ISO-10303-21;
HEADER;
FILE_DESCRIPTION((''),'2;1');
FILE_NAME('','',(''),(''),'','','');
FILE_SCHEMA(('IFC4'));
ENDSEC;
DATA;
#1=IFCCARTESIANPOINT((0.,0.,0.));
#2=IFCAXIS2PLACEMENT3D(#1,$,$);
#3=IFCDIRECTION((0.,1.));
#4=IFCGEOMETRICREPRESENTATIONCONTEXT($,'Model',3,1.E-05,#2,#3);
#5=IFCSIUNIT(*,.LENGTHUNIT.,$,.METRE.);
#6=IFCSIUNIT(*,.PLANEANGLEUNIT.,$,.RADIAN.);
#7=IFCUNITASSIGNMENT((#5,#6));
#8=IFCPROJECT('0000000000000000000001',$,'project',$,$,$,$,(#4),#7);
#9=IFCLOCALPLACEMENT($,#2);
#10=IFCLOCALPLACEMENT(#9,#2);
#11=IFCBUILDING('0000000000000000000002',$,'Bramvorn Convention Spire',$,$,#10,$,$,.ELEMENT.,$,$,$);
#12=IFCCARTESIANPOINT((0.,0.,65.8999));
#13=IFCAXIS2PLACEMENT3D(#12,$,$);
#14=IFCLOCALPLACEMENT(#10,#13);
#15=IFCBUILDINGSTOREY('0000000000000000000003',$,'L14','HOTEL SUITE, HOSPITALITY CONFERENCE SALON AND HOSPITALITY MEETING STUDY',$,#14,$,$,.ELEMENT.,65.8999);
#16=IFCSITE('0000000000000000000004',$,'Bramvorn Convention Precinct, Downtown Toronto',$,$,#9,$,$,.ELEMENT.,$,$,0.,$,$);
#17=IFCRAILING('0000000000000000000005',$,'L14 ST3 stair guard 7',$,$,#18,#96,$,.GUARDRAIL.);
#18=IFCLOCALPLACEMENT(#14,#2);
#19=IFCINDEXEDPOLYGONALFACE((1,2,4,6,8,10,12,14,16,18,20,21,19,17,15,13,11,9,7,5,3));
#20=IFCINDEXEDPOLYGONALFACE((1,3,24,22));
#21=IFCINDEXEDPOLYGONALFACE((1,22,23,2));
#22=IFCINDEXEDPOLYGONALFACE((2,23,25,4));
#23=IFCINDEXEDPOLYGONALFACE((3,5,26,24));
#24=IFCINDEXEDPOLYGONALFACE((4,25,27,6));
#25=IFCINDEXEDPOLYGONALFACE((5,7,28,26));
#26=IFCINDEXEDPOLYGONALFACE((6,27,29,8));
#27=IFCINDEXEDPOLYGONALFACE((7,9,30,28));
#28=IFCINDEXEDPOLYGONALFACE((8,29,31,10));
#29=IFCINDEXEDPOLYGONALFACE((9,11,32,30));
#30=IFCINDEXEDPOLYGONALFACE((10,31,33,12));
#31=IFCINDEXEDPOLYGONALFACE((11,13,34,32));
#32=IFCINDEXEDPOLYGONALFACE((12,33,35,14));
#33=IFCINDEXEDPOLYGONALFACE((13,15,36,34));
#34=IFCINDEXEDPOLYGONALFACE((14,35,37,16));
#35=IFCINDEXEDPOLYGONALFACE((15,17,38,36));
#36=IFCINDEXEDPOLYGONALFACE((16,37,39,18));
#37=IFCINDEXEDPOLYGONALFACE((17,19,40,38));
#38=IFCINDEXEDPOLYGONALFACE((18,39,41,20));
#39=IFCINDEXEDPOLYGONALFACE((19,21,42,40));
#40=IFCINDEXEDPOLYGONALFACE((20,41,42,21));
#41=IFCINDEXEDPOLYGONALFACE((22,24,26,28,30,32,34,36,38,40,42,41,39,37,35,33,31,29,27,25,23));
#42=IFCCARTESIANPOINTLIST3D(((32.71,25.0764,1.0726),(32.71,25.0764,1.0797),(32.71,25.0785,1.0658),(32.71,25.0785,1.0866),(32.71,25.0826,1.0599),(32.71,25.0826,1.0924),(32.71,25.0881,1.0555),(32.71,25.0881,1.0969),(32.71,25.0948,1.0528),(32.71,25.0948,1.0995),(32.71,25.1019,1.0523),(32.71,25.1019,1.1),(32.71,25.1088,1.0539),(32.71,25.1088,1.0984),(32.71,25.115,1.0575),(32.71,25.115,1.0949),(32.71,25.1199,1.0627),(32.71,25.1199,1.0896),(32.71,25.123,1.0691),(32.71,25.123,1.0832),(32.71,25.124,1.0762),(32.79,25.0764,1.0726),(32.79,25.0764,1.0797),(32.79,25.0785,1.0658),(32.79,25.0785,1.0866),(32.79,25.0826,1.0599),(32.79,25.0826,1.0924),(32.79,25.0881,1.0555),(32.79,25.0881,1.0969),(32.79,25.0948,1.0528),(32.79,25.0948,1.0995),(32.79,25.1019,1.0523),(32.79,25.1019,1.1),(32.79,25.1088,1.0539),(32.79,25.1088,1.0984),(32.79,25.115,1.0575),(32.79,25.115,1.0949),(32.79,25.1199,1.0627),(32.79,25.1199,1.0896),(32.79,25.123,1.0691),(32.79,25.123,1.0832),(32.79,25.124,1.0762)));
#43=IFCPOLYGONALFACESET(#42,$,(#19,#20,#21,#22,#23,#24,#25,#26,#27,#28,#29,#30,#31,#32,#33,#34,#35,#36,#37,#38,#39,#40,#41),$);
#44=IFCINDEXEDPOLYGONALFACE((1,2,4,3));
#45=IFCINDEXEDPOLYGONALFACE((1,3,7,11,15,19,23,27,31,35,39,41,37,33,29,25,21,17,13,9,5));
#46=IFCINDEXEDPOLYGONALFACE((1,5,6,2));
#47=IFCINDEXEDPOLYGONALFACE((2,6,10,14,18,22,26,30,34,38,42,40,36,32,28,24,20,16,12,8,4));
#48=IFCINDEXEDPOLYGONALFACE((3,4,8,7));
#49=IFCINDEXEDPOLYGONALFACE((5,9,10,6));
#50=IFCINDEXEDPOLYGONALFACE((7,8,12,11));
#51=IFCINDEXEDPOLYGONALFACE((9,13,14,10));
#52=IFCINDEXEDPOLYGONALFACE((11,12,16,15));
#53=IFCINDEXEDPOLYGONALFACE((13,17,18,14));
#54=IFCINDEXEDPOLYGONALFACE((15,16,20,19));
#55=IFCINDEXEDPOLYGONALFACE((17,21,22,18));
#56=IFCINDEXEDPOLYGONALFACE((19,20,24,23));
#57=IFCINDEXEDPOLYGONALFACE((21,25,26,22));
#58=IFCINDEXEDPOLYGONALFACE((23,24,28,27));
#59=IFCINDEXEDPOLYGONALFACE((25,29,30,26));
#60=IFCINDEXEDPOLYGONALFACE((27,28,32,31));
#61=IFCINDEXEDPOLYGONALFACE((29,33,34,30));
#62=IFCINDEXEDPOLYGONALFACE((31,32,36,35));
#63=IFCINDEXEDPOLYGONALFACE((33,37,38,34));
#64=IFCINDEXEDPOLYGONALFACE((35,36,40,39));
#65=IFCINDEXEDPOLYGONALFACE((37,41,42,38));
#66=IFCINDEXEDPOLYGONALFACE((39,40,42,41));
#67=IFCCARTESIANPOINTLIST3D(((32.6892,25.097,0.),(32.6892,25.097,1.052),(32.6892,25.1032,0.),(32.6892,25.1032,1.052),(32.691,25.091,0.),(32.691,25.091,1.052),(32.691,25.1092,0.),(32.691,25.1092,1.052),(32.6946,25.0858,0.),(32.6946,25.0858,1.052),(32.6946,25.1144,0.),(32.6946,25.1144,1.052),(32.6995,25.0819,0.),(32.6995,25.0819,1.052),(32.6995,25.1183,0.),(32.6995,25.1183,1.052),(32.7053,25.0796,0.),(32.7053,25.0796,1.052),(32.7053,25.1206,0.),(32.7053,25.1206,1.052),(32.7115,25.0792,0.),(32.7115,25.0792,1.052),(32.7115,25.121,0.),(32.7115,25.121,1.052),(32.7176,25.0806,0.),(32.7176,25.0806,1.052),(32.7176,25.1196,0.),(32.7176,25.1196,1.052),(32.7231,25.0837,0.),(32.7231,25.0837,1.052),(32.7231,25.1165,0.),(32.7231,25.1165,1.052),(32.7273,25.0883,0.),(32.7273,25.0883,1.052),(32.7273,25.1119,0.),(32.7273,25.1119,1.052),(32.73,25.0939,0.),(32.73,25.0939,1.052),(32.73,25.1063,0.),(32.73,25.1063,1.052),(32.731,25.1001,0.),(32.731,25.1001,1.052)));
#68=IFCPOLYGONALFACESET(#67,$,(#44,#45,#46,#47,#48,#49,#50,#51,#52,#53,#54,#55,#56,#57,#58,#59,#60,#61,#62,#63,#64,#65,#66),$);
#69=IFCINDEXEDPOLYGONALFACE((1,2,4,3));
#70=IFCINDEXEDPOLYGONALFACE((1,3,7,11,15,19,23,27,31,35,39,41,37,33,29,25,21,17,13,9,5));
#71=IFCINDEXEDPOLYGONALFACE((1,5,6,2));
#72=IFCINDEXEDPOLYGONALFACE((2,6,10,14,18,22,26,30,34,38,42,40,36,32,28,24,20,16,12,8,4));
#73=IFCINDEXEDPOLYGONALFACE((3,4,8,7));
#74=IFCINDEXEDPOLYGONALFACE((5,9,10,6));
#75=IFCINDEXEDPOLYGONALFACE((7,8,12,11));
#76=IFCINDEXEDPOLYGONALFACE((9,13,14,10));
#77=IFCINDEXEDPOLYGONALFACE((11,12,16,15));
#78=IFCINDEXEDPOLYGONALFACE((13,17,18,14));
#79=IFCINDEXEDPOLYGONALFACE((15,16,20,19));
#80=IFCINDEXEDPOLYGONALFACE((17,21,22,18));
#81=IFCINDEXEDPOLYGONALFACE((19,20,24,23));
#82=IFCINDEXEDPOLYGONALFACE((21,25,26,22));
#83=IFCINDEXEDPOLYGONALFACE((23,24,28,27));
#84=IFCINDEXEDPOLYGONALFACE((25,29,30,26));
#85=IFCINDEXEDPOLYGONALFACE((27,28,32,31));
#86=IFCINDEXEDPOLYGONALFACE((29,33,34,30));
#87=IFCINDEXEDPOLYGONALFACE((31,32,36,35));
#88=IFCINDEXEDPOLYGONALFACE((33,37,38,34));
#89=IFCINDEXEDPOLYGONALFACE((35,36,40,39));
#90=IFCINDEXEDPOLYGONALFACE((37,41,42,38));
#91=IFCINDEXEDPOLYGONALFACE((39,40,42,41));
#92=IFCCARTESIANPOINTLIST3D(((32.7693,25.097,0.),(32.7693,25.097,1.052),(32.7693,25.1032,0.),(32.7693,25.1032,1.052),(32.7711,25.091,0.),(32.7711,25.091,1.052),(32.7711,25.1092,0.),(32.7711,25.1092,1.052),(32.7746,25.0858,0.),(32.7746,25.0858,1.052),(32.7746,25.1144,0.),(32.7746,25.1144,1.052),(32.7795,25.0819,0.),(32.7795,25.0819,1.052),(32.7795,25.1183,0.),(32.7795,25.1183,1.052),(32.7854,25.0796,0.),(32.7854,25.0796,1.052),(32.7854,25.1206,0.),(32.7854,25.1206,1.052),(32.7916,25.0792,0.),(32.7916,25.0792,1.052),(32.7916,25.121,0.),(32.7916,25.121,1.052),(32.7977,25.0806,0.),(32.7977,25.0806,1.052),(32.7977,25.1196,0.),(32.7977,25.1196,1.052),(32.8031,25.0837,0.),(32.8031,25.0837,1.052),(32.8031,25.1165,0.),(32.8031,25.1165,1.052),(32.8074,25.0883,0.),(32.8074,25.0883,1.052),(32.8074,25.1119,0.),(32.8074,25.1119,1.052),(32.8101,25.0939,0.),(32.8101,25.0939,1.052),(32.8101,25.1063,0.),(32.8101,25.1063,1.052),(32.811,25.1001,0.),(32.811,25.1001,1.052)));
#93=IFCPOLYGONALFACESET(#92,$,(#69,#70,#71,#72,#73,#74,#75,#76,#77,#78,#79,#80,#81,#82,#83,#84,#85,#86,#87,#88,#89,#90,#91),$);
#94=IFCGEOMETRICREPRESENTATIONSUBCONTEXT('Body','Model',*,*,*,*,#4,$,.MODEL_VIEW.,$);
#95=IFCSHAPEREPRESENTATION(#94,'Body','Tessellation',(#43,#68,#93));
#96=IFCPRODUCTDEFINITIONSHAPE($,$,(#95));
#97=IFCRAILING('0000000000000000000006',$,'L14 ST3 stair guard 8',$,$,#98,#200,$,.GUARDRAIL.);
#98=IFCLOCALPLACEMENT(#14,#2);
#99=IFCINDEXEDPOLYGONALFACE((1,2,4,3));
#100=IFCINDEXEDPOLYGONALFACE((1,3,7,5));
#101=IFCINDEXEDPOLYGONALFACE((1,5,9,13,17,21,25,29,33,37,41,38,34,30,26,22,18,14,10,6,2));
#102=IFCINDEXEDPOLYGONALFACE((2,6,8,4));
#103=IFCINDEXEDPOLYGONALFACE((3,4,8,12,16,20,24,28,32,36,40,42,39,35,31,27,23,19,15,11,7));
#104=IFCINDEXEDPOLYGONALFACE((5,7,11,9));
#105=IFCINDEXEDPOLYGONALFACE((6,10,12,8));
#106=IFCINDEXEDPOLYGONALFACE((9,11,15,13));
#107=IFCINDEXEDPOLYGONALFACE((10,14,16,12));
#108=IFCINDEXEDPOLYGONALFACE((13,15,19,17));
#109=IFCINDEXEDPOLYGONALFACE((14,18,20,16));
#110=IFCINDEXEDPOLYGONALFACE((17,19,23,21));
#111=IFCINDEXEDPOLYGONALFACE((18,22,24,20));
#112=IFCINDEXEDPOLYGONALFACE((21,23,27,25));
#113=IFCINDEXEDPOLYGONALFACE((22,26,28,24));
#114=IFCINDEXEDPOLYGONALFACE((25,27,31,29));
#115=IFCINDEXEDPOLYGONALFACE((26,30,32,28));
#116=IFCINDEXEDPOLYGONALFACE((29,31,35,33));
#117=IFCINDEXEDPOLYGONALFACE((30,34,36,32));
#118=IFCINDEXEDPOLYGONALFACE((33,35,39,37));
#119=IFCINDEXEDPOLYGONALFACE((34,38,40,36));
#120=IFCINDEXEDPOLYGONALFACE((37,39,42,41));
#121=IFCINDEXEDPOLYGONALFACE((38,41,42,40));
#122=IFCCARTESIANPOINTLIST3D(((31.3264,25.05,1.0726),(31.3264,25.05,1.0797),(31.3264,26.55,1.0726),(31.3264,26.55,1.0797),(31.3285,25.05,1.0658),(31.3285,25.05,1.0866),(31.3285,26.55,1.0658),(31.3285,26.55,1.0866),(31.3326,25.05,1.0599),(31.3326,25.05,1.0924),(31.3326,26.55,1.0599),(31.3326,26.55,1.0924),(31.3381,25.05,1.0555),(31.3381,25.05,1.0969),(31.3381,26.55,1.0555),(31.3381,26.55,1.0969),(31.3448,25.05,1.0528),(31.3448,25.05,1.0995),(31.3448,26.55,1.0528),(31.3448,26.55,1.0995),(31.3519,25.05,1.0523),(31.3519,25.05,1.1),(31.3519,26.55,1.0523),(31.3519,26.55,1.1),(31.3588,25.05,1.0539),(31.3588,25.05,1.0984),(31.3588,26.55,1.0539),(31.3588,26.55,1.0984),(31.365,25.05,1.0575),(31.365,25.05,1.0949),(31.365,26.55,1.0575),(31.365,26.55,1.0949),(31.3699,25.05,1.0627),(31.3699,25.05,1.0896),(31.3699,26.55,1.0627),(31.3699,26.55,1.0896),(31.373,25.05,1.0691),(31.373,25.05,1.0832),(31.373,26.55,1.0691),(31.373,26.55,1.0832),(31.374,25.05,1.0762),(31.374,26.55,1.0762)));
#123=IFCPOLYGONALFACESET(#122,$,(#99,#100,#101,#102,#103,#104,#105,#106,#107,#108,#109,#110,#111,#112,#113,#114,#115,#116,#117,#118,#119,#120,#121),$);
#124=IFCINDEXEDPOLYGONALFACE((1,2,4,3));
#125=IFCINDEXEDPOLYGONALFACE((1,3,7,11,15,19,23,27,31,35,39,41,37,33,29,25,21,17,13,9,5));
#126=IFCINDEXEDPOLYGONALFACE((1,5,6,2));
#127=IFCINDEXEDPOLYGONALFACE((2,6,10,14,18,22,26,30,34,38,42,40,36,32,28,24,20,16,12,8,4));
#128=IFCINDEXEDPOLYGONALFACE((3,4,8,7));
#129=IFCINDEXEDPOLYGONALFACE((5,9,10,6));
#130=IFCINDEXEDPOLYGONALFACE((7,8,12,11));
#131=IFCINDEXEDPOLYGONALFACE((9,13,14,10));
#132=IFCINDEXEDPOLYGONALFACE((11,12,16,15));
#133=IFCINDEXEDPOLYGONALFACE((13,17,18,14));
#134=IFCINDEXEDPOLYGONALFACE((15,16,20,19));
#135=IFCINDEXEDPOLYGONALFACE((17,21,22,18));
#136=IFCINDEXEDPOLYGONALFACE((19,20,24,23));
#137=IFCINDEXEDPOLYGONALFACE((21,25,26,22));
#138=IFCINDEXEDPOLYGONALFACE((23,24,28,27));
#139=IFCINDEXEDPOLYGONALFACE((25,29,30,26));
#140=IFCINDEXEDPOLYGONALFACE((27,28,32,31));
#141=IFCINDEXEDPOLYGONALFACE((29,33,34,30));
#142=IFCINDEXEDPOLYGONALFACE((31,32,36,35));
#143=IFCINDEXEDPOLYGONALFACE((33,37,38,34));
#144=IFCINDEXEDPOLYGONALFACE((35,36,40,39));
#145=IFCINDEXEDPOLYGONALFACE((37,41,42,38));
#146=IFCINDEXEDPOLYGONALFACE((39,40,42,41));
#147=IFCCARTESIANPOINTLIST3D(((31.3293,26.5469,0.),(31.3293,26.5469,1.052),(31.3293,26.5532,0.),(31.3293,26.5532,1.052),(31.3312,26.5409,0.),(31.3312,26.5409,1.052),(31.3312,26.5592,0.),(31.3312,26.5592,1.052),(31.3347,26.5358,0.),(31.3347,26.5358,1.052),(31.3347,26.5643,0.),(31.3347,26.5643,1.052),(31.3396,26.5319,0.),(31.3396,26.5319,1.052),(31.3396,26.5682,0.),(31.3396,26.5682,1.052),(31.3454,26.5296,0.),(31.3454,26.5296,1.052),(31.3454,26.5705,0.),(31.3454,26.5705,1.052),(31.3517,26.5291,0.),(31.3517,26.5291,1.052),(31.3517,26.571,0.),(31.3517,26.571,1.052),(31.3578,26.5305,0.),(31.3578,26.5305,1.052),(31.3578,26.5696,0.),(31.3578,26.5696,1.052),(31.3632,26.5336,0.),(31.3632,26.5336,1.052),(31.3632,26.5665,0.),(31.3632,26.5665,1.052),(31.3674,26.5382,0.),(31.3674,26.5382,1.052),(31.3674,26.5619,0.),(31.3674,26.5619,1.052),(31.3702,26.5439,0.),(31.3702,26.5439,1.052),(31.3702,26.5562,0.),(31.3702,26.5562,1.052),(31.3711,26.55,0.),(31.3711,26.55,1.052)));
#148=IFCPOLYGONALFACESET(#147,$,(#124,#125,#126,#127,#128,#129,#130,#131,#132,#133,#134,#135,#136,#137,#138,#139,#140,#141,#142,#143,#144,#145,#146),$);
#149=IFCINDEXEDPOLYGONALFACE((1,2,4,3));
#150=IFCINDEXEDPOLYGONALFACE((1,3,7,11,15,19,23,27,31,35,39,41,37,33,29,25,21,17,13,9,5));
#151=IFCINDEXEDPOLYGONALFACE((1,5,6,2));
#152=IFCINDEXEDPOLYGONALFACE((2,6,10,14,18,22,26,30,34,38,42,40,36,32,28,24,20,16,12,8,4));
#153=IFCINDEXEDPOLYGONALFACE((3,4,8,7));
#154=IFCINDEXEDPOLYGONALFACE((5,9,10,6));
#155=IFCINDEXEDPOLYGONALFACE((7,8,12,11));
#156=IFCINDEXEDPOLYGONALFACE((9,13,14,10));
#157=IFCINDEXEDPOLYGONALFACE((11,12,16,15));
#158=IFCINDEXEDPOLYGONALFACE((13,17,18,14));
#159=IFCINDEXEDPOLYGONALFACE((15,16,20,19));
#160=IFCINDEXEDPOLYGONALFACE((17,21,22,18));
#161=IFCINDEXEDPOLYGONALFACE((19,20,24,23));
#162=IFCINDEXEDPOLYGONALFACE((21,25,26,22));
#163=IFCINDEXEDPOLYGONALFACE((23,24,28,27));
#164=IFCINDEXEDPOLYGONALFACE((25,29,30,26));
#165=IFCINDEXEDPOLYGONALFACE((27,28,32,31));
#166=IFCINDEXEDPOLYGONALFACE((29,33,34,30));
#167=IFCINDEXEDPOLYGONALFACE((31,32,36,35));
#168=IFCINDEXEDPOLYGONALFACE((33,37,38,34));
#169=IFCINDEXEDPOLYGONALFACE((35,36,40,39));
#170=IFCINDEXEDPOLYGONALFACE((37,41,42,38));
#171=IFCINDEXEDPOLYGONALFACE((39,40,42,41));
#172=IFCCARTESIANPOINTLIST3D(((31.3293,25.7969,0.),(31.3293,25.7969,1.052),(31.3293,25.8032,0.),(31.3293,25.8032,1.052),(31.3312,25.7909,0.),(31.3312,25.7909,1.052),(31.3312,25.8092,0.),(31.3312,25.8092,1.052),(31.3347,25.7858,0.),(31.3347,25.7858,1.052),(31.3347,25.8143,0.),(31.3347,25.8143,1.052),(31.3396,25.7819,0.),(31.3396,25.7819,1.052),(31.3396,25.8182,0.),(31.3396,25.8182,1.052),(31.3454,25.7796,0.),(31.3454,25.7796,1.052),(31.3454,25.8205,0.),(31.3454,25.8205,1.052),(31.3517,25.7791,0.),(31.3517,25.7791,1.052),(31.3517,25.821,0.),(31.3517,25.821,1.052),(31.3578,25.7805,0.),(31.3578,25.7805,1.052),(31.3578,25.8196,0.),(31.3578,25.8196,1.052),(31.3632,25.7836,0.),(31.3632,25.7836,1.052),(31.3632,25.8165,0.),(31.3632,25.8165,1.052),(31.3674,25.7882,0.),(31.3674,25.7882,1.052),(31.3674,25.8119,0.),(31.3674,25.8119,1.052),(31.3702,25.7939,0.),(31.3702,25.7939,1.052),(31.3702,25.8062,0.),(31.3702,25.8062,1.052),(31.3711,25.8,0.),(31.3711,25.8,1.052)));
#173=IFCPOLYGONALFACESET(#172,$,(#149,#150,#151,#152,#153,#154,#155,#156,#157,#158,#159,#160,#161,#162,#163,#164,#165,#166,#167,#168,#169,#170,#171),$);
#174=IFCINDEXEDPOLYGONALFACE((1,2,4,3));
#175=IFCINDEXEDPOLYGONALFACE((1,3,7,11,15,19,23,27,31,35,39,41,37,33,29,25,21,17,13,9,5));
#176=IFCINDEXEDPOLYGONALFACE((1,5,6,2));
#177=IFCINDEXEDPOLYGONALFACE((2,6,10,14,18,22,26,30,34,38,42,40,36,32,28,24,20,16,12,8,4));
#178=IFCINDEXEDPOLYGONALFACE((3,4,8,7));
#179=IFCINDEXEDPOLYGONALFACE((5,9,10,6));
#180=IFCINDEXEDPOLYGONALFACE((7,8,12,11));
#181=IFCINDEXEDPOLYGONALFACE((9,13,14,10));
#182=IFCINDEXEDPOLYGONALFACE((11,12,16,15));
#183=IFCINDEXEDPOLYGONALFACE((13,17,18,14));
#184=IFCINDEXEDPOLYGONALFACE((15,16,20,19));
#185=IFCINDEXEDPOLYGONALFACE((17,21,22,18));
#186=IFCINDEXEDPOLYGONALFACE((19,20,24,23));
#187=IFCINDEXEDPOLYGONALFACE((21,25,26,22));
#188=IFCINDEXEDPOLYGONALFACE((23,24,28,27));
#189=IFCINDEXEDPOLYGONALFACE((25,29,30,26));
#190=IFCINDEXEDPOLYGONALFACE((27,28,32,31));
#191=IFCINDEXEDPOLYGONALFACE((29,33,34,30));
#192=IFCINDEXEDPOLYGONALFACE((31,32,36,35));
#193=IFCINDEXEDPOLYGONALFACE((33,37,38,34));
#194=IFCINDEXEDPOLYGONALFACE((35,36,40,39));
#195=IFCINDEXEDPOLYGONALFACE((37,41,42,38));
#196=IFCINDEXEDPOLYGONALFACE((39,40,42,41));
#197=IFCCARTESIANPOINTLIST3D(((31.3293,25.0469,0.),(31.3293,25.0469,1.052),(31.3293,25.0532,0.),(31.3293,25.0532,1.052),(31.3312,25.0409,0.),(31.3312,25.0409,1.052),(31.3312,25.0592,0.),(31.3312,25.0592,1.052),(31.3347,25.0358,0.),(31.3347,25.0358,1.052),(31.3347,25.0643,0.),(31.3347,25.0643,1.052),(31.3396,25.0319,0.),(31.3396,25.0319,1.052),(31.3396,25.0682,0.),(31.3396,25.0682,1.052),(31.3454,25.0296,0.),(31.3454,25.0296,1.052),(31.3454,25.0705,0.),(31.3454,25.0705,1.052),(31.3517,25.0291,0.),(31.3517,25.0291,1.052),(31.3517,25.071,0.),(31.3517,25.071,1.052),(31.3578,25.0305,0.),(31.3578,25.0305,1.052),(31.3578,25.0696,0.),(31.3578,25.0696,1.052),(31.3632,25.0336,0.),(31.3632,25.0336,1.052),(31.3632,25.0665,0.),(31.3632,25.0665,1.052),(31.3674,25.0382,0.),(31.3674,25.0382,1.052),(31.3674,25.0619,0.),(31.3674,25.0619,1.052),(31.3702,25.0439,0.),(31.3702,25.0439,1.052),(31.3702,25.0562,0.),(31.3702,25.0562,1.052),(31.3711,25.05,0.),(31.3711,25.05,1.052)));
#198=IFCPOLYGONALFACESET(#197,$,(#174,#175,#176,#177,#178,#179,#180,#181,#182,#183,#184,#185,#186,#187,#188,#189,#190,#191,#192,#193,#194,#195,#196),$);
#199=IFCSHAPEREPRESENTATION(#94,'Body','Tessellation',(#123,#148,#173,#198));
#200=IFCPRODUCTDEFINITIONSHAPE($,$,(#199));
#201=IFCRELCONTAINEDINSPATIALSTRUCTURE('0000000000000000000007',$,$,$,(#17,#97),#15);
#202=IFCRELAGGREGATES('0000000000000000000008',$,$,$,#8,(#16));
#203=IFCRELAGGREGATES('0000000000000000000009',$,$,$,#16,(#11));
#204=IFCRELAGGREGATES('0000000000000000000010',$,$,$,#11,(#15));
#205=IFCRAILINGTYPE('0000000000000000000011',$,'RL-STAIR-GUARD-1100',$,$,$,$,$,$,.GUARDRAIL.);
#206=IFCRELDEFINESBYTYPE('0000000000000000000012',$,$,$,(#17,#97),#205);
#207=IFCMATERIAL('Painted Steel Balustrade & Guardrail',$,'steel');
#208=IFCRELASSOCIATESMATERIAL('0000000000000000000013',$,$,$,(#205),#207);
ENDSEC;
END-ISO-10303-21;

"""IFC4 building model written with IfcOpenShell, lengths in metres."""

from ifc_helpers import new_model, si_unit, direction, frame, origin, origin_2d, place, context, subcontext, project, spatial, circle, extrude, material, type_object, element, save


model = new_model("IFC4")

# Units and contexts
model_context = context("Model", 3, precision=1e-05, world=origin(), true_north=direction((0.0, 1.0)))
body_context = subcontext(model_context, "Body", "Model", "MODEL_VIEW")
ifc_project = project(units=[si_unit("LENGTHUNIT", "METRE"), si_unit("PLANEANGLEUNIT", "RADIAN")], contexts=[model_context])

# Site, building, storey
site_placement = place(None, origin())
site = spatial("IfcSite", under=ifc_project, at=site_placement, Name="Bramvorn Convention Precinct, Downtown Toronto", CompositionType="ELEMENT", RefElevation=0.0)
building_placement = place(site_placement, origin())
building = spatial("IfcBuilding", under=site, at=building_placement, Name="Bramvorn Convention Spire", CompositionType="ELEMENT")
storey_placement = place(building_placement, frame((0.0, 0.0, 65.8999)))
storey = spatial("IfcBuildingStorey", under=building, at=storey_placement, Name="L14", Description="HOTEL SUITE, HOSPITALITY CONFERENCE SALON AND HOSPITALITY MEETING STUDY", CompositionType="ELEMENT", Elevation=65.8999)

# Railings
ifc_material_1 = material(Name="Painted Steel Balustrade & Guardrail", Category="steel")
railing_type_1 = type_object("IfcRailingType", Name="RL-STAIR-GUARD-1100", PredefinedType="GUARDRAIL", material=ifc_material_1)
railing_1_placement = place(storey_placement, frame((32.71, 25.1001, 0.0)))
element("IfcRailing", 1, at=railing_1_placement, inside=storey, type_object=railing_type_1, Name="L14 ST3 stair guard 7", PredefinedType="GUARDRAIL", context=body_context, shape_type="SweptSolid", body=[
    extrude(circle(Radius=0.0239, at=origin_2d()), frame((0.0, 0.0, 1.0762), z_axis=(1.0, 0.0, 0.0), x_axis=(0.0, 1.0, 0.0)), (0.0, 0.0, 1.0), 0.0801),
    extrude(circle(Radius=0.021, at=origin_2d()), origin(), (0.0, 0.0, 1.0), 1.052),
    extrude(circle(Radius=0.021, at=origin_2d()), frame((0.0801, 0.0, 0.0)), (0.0, 0.0, 1.0), 1.052),
])
railing_2_placement = place(storey_placement, frame((31.3501, 26.55, 0.0)))
element("IfcRailing", 2, at=railing_2_placement, inside=storey, type_object=railing_type_1, Name="L14 ST3 stair guard 8", PredefinedType="GUARDRAIL", context=body_context, shape_type="SweptSolid", body=[
    extrude(circle(Radius=0.0239, at=origin_2d()), frame((0.0, 0.0, 1.0762), z_axis=(0.0, -1.0, 0.0), x_axis=(1.0, 0.0, 0.0)), (0.0, 0.0, 1.0), 1.5),
    extrude(circle(Radius=0.021, at=origin_2d()), origin(), (0.0, 0.0, 1.0), 1.052),
    extrude(circle(Radius=0.021, at=origin_2d()), frame((0.0, -0.75, 0.0)), (0.0, 0.0, 1.0), 1.052),
    extrude(circle(Radius=0.021, at=origin_2d()), frame((0.0, -1.5, 0.0)), (0.0, 0.0, 1.0), 1.052),
])

save(model, "model.ifc")
